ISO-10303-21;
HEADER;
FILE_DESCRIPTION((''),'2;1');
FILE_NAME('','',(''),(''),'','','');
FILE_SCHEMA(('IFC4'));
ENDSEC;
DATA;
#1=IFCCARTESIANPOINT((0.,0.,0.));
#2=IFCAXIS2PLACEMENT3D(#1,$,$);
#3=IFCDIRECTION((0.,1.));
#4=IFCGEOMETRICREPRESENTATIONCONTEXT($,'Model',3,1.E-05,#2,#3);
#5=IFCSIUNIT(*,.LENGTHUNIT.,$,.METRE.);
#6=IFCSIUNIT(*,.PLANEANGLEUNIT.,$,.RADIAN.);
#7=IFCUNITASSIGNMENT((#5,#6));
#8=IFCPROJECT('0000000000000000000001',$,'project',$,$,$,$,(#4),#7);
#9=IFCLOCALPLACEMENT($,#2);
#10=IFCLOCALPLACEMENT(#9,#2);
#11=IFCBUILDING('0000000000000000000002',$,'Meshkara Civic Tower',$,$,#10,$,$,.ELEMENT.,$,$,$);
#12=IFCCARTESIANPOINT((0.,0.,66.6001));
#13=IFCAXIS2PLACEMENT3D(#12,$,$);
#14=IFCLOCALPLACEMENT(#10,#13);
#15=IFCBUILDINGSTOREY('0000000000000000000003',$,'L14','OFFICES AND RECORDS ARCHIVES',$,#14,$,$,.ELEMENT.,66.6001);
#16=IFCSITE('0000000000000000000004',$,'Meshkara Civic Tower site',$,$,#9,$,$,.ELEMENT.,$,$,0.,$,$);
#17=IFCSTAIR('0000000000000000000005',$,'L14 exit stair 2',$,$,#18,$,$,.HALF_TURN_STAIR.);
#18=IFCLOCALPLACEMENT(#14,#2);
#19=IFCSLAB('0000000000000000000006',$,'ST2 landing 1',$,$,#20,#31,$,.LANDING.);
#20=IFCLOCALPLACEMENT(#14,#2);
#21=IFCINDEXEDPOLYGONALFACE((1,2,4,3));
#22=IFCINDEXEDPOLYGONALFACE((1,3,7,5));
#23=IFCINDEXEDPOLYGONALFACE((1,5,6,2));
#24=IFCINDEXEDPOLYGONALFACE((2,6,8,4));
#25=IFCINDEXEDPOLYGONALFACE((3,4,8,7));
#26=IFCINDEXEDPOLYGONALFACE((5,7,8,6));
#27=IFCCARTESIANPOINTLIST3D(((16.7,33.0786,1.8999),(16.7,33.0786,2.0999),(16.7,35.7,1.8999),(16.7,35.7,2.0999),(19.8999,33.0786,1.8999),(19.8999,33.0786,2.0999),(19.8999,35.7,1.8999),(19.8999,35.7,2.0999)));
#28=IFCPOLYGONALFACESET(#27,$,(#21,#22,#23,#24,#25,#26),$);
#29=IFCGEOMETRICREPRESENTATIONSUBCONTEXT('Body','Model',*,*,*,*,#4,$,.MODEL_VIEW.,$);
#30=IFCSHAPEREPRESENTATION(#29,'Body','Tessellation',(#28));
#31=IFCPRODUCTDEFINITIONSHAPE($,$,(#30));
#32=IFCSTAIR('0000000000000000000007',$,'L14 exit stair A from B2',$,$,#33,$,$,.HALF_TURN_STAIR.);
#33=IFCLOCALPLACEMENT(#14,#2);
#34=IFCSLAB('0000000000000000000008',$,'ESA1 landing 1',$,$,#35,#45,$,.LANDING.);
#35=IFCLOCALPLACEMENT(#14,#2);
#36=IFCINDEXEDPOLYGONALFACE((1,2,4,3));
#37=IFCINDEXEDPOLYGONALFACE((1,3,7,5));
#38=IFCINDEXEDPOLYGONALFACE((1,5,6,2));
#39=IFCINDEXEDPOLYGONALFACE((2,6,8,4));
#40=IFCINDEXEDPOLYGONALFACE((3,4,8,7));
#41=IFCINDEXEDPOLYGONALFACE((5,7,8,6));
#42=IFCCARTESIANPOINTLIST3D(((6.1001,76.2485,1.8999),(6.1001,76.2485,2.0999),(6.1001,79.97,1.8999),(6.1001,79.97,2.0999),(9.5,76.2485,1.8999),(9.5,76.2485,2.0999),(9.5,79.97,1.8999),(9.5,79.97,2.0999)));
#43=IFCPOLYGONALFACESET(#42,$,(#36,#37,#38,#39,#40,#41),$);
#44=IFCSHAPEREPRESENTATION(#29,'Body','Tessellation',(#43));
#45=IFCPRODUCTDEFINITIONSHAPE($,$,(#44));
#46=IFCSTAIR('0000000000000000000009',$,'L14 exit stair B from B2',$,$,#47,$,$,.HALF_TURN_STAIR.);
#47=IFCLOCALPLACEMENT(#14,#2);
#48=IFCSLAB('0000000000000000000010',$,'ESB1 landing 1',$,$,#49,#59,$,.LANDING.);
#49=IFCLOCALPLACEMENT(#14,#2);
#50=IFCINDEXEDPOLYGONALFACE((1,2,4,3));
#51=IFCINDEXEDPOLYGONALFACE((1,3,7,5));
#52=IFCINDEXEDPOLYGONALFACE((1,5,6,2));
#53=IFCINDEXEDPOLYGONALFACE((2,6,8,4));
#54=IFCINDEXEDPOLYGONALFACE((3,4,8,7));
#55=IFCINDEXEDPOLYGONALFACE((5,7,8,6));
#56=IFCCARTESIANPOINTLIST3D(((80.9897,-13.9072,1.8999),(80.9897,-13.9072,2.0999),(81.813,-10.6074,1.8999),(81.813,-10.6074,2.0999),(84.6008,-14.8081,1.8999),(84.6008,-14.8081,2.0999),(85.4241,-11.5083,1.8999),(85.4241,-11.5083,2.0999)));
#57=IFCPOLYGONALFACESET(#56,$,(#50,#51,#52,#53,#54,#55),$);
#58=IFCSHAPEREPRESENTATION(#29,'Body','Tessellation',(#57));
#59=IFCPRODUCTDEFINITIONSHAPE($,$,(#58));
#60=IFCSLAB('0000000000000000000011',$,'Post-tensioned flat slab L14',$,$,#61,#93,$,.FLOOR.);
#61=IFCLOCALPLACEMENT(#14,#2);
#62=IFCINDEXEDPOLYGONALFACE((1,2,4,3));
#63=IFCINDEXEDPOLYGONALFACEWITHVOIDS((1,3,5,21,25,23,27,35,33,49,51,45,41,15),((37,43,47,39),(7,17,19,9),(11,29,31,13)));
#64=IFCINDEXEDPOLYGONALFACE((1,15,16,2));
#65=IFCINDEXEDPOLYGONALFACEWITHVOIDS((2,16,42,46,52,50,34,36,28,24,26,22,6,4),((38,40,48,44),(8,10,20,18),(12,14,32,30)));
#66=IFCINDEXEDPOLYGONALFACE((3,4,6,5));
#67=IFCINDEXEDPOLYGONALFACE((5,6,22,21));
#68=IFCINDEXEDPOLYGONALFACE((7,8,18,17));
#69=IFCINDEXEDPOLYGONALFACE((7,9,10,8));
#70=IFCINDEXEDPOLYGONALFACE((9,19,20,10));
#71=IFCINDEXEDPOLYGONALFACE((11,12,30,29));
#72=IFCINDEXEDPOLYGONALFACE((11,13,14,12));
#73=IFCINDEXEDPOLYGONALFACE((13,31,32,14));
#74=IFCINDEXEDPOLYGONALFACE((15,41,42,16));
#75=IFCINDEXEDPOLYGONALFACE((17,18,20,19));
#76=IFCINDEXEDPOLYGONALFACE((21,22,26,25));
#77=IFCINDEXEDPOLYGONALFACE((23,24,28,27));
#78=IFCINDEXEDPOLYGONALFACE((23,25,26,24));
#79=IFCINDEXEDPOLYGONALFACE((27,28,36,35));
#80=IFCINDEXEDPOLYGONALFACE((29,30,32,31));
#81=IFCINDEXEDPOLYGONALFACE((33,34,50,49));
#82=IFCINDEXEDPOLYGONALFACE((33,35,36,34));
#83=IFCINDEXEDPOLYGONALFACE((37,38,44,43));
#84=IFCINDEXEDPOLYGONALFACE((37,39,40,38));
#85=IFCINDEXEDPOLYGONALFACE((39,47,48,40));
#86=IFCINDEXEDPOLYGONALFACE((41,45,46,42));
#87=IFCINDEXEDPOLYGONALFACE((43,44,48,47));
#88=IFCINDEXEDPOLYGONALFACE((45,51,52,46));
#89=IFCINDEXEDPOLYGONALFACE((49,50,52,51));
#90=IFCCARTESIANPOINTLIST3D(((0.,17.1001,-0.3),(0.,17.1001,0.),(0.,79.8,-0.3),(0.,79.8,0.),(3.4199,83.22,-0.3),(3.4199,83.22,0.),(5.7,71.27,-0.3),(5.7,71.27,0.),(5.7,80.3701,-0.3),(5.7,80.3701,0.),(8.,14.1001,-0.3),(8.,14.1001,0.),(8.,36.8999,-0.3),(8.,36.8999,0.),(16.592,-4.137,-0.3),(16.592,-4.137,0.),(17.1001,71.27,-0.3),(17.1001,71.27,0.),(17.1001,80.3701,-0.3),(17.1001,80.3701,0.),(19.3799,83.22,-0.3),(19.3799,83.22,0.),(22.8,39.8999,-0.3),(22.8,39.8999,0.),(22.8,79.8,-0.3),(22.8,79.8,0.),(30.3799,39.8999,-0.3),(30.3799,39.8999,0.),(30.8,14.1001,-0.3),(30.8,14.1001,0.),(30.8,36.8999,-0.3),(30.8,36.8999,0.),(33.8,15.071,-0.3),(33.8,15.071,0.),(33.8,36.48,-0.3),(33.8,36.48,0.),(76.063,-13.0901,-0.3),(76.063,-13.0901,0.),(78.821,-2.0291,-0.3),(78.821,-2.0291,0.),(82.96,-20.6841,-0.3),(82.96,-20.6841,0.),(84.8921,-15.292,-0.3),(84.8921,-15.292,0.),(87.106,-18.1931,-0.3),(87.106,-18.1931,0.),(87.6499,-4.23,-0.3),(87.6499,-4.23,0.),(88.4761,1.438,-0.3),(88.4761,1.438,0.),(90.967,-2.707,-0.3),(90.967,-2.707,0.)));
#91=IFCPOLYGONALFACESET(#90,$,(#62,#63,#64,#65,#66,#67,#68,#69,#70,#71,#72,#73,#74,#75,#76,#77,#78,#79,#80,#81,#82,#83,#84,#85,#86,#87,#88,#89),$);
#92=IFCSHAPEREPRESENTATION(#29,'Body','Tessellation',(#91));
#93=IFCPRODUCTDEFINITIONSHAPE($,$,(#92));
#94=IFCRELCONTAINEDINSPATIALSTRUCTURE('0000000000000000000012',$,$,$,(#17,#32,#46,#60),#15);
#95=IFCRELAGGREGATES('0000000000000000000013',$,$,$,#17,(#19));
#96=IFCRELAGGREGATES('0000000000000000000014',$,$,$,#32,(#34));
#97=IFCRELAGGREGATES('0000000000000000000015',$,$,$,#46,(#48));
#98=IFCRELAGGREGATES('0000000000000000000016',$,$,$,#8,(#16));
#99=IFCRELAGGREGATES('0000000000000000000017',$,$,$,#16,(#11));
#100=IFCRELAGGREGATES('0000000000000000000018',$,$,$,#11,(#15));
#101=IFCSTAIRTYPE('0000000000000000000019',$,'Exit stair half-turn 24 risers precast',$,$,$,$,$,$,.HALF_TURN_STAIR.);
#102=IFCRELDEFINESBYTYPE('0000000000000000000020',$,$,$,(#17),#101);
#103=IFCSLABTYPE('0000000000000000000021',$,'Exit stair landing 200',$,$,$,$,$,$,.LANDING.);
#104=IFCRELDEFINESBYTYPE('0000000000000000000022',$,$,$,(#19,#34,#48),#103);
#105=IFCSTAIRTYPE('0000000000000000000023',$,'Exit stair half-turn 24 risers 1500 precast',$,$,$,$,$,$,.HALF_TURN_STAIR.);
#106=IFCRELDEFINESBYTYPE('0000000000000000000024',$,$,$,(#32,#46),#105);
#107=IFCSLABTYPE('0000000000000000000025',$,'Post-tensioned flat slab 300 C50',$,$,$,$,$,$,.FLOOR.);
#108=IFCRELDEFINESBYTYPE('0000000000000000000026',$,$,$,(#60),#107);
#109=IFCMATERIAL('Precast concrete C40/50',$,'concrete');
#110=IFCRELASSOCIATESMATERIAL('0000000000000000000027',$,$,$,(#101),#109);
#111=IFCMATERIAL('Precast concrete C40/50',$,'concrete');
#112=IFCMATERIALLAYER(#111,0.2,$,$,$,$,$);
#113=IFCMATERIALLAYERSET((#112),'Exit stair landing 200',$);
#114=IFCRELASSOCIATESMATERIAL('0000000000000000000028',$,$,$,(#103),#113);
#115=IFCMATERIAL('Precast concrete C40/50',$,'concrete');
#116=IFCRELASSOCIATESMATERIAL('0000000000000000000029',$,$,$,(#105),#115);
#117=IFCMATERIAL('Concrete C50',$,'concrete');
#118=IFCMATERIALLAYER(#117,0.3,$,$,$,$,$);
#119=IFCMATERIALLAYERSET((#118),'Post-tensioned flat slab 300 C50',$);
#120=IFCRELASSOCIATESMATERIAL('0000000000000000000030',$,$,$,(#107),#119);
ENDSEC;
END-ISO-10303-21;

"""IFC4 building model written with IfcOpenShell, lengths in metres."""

from ifc_helpers import new_model, si_unit, direction, frame, origin, place, context, subcontext, project, spatial, polyline, outline, extrude, material, layer, layer_set, type_object, element, aggregate, save


model = new_model("IFC4")

# Units and contexts
model_context = context("Model", 3, precision=1e-05, world=origin(), true_north=direction((0.0, 1.0)))
body_context = subcontext(model_context, "Body", "Model", "MODEL_VIEW")
ifc_project = project(units=[si_unit("LENGTHUNIT", "METRE"), si_unit("PLANEANGLEUNIT", "RADIAN")], contexts=[model_context])

# Site, building, storey
site_placement = place(None, origin())
site = spatial("IfcSite", under=ifc_project, at=site_placement, Name="Meshkara Civic Tower site", CompositionType="ELEMENT", RefElevation=0.0)
building_placement = place(site_placement, origin())
building = spatial("IfcBuilding", under=site, at=building_placement, Name="Meshkara Civic Tower", CompositionType="ELEMENT")
storey_placement = place(building_placement, frame((0.0, 0.0, 66.6001)))
storey = spatial("IfcBuildingStorey", under=building, at=storey_placement, Name="L14", Description="OFFICES AND RECORDS ARCHIVES", CompositionType="ELEMENT", Elevation=66.6001)

# Stairs, slabs
ifc_material_1 = material(Name="Precast concrete C40/50", Category="concrete")
stair_type_1 = type_object("IfcStairType", Name="Exit stair half-turn 24 risers precast", PredefinedType="HALF_TURN_STAIR", material=ifc_material_1)
ifc_material_2 = material(Name="Precast concrete C40/50", Category="concrete")
ifc_layer_1 = layer(ifc_material_2, 0.2)
ifc_layer_set_1 = layer_set([ifc_layer_1], Name="Exit stair landing 200")
slab_type_1 = type_object("IfcSlabType", Name="Exit stair landing 200", PredefinedType="LANDING", material=ifc_layer_set_1)
stair_1_placement = place(storey_placement, origin())
stair_1 = element("IfcStair", 1, at=stair_1_placement, inside=storey, type_object=stair_type_1, Name="L14 exit stair 2", PredefinedType="HALF_TURN_STAIR")
slab_1_placement = place(storey_placement, frame((0.0, 0.0, 1.8999)))
slab_1 = element("IfcSlab", 2, at=slab_1_placement, type_object=slab_type_1, Name="ST2 landing 1", PredefinedType="LANDING", context=body_context, shape_type="SweptSolid", body=[
    extrude(outline(polyline([(19.8999, 33.0786), (19.8999, 35.7), (16.7, 35.7), (16.7, 33.0786), (19.8999, 33.0786)])), origin(), (0.0, 0.0, 1.0), 0.2),
])
aggregate(stair_1, [slab_1])
ifc_material_3 = material(Name="Precast concrete C40/50", Category="concrete")
stair_type_2 = type_object("IfcStairType", Name="Exit stair half-turn 24 risers 1500 precast", PredefinedType="HALF_TURN_STAIR", material=ifc_material_3)
stair_2_placement = place(storey_placement, origin())
stair_2 = element("IfcStair", 3, at=stair_2_placement, inside=storey, type_object=stair_type_2, Name="L14 exit stair A from B2", PredefinedType="HALF_TURN_STAIR")
slab_2_placement = place(storey_placement, frame((0.0, 0.0, 1.8999)))
slab_2 = element("IfcSlab", 4, at=slab_2_placement, type_object=slab_type_1, Name="ESA1 landing 1", PredefinedType="LANDING", context=body_context, shape_type="SweptSolid", body=[
    extrude(outline(polyline([(9.5, 76.2485), (9.5, 79.97), (6.1001, 79.97), (6.1001, 76.2485), (9.5, 76.2485)])), origin(), (0.0, 0.0, 1.0), 0.2),
])
aggregate(stair_2, [slab_2])
stair_3_placement = place(storey_placement, origin())
stair_3 = element("IfcStair", 5, at=stair_3_placement, inside=storey, type_object=stair_type_2, Name="L14 exit stair B from B2", PredefinedType="HALF_TURN_STAIR")
slab_3_placement = place(storey_placement, frame((0.0, 0.0, 1.8999)))
slab_3 = element("IfcSlab", 6, at=slab_3_placement, type_object=slab_type_1, Name="ESB1 landing 1", PredefinedType="LANDING", context=body_context, shape_type="SweptSolid", body=[
    extrude(outline(polyline([(80.9897, -13.9072), (84.6008, -14.8081), (85.4241, -11.5083), (81.813, -10.6074), (80.9897, -13.9072)])), origin(), (0.0, 0.0, 1.0), 0.2),
])
aggregate(stair_3, [slab_3])

# Slab
ifc_material_4 = material(Name="Concrete C50", Category="concrete")
ifc_layer_2 = layer(ifc_material_4, 0.3)
ifc_layer_set_2 = layer_set([ifc_layer_2], Name="Post-tensioned flat slab 300 C50")
slab_type_2 = type_object("IfcSlabType", Name="Post-tensioned flat slab 300 C50", PredefinedType="FLOOR", material=ifc_layer_set_2)
slab_4_placement = place(storey_placement, frame((0.0, 0.0, -0.3)))
element("IfcSlab", 7, at=slab_4_placement, inside=storey, type_object=slab_type_2, Name="Post-tensioned flat slab L14", PredefinedType="FLOOR", context=body_context, shape_type="SweptSolid", body=[
    extrude(outline(polyline([(87.106, -18.1931), (82.96, -20.6841), (16.592, -4.137), (0.0, 17.1001), (0.0, 79.8), (3.4199, 83.22), (19.3799, 83.22), (22.8, 79.8), (22.8, 39.8999), (30.3799, 39.8999), (33.8, 36.48), (33.8, 15.071), (88.4761, 1.438), (90.967, -2.707), (87.106, -18.1931)]), holes=[polyline([(84.8921, -15.292), (87.6499, -4.23), (78.821, -2.0291), (76.063, -13.0901), (84.8921, -15.292)]), polyline([(8.0, 14.1001), (30.8, 14.1001), (30.8, 36.8999), (8.0, 36.8999), (8.0, 14.1001)]), polyline([(5.7, 80.3701), (5.7, 71.27), (17.1001, 71.27), (17.1001, 80.3701), (5.7, 80.3701)])]), origin(), (0.0, 0.0, 1.0), 0.3),
])

save(model, "model.ifc")
